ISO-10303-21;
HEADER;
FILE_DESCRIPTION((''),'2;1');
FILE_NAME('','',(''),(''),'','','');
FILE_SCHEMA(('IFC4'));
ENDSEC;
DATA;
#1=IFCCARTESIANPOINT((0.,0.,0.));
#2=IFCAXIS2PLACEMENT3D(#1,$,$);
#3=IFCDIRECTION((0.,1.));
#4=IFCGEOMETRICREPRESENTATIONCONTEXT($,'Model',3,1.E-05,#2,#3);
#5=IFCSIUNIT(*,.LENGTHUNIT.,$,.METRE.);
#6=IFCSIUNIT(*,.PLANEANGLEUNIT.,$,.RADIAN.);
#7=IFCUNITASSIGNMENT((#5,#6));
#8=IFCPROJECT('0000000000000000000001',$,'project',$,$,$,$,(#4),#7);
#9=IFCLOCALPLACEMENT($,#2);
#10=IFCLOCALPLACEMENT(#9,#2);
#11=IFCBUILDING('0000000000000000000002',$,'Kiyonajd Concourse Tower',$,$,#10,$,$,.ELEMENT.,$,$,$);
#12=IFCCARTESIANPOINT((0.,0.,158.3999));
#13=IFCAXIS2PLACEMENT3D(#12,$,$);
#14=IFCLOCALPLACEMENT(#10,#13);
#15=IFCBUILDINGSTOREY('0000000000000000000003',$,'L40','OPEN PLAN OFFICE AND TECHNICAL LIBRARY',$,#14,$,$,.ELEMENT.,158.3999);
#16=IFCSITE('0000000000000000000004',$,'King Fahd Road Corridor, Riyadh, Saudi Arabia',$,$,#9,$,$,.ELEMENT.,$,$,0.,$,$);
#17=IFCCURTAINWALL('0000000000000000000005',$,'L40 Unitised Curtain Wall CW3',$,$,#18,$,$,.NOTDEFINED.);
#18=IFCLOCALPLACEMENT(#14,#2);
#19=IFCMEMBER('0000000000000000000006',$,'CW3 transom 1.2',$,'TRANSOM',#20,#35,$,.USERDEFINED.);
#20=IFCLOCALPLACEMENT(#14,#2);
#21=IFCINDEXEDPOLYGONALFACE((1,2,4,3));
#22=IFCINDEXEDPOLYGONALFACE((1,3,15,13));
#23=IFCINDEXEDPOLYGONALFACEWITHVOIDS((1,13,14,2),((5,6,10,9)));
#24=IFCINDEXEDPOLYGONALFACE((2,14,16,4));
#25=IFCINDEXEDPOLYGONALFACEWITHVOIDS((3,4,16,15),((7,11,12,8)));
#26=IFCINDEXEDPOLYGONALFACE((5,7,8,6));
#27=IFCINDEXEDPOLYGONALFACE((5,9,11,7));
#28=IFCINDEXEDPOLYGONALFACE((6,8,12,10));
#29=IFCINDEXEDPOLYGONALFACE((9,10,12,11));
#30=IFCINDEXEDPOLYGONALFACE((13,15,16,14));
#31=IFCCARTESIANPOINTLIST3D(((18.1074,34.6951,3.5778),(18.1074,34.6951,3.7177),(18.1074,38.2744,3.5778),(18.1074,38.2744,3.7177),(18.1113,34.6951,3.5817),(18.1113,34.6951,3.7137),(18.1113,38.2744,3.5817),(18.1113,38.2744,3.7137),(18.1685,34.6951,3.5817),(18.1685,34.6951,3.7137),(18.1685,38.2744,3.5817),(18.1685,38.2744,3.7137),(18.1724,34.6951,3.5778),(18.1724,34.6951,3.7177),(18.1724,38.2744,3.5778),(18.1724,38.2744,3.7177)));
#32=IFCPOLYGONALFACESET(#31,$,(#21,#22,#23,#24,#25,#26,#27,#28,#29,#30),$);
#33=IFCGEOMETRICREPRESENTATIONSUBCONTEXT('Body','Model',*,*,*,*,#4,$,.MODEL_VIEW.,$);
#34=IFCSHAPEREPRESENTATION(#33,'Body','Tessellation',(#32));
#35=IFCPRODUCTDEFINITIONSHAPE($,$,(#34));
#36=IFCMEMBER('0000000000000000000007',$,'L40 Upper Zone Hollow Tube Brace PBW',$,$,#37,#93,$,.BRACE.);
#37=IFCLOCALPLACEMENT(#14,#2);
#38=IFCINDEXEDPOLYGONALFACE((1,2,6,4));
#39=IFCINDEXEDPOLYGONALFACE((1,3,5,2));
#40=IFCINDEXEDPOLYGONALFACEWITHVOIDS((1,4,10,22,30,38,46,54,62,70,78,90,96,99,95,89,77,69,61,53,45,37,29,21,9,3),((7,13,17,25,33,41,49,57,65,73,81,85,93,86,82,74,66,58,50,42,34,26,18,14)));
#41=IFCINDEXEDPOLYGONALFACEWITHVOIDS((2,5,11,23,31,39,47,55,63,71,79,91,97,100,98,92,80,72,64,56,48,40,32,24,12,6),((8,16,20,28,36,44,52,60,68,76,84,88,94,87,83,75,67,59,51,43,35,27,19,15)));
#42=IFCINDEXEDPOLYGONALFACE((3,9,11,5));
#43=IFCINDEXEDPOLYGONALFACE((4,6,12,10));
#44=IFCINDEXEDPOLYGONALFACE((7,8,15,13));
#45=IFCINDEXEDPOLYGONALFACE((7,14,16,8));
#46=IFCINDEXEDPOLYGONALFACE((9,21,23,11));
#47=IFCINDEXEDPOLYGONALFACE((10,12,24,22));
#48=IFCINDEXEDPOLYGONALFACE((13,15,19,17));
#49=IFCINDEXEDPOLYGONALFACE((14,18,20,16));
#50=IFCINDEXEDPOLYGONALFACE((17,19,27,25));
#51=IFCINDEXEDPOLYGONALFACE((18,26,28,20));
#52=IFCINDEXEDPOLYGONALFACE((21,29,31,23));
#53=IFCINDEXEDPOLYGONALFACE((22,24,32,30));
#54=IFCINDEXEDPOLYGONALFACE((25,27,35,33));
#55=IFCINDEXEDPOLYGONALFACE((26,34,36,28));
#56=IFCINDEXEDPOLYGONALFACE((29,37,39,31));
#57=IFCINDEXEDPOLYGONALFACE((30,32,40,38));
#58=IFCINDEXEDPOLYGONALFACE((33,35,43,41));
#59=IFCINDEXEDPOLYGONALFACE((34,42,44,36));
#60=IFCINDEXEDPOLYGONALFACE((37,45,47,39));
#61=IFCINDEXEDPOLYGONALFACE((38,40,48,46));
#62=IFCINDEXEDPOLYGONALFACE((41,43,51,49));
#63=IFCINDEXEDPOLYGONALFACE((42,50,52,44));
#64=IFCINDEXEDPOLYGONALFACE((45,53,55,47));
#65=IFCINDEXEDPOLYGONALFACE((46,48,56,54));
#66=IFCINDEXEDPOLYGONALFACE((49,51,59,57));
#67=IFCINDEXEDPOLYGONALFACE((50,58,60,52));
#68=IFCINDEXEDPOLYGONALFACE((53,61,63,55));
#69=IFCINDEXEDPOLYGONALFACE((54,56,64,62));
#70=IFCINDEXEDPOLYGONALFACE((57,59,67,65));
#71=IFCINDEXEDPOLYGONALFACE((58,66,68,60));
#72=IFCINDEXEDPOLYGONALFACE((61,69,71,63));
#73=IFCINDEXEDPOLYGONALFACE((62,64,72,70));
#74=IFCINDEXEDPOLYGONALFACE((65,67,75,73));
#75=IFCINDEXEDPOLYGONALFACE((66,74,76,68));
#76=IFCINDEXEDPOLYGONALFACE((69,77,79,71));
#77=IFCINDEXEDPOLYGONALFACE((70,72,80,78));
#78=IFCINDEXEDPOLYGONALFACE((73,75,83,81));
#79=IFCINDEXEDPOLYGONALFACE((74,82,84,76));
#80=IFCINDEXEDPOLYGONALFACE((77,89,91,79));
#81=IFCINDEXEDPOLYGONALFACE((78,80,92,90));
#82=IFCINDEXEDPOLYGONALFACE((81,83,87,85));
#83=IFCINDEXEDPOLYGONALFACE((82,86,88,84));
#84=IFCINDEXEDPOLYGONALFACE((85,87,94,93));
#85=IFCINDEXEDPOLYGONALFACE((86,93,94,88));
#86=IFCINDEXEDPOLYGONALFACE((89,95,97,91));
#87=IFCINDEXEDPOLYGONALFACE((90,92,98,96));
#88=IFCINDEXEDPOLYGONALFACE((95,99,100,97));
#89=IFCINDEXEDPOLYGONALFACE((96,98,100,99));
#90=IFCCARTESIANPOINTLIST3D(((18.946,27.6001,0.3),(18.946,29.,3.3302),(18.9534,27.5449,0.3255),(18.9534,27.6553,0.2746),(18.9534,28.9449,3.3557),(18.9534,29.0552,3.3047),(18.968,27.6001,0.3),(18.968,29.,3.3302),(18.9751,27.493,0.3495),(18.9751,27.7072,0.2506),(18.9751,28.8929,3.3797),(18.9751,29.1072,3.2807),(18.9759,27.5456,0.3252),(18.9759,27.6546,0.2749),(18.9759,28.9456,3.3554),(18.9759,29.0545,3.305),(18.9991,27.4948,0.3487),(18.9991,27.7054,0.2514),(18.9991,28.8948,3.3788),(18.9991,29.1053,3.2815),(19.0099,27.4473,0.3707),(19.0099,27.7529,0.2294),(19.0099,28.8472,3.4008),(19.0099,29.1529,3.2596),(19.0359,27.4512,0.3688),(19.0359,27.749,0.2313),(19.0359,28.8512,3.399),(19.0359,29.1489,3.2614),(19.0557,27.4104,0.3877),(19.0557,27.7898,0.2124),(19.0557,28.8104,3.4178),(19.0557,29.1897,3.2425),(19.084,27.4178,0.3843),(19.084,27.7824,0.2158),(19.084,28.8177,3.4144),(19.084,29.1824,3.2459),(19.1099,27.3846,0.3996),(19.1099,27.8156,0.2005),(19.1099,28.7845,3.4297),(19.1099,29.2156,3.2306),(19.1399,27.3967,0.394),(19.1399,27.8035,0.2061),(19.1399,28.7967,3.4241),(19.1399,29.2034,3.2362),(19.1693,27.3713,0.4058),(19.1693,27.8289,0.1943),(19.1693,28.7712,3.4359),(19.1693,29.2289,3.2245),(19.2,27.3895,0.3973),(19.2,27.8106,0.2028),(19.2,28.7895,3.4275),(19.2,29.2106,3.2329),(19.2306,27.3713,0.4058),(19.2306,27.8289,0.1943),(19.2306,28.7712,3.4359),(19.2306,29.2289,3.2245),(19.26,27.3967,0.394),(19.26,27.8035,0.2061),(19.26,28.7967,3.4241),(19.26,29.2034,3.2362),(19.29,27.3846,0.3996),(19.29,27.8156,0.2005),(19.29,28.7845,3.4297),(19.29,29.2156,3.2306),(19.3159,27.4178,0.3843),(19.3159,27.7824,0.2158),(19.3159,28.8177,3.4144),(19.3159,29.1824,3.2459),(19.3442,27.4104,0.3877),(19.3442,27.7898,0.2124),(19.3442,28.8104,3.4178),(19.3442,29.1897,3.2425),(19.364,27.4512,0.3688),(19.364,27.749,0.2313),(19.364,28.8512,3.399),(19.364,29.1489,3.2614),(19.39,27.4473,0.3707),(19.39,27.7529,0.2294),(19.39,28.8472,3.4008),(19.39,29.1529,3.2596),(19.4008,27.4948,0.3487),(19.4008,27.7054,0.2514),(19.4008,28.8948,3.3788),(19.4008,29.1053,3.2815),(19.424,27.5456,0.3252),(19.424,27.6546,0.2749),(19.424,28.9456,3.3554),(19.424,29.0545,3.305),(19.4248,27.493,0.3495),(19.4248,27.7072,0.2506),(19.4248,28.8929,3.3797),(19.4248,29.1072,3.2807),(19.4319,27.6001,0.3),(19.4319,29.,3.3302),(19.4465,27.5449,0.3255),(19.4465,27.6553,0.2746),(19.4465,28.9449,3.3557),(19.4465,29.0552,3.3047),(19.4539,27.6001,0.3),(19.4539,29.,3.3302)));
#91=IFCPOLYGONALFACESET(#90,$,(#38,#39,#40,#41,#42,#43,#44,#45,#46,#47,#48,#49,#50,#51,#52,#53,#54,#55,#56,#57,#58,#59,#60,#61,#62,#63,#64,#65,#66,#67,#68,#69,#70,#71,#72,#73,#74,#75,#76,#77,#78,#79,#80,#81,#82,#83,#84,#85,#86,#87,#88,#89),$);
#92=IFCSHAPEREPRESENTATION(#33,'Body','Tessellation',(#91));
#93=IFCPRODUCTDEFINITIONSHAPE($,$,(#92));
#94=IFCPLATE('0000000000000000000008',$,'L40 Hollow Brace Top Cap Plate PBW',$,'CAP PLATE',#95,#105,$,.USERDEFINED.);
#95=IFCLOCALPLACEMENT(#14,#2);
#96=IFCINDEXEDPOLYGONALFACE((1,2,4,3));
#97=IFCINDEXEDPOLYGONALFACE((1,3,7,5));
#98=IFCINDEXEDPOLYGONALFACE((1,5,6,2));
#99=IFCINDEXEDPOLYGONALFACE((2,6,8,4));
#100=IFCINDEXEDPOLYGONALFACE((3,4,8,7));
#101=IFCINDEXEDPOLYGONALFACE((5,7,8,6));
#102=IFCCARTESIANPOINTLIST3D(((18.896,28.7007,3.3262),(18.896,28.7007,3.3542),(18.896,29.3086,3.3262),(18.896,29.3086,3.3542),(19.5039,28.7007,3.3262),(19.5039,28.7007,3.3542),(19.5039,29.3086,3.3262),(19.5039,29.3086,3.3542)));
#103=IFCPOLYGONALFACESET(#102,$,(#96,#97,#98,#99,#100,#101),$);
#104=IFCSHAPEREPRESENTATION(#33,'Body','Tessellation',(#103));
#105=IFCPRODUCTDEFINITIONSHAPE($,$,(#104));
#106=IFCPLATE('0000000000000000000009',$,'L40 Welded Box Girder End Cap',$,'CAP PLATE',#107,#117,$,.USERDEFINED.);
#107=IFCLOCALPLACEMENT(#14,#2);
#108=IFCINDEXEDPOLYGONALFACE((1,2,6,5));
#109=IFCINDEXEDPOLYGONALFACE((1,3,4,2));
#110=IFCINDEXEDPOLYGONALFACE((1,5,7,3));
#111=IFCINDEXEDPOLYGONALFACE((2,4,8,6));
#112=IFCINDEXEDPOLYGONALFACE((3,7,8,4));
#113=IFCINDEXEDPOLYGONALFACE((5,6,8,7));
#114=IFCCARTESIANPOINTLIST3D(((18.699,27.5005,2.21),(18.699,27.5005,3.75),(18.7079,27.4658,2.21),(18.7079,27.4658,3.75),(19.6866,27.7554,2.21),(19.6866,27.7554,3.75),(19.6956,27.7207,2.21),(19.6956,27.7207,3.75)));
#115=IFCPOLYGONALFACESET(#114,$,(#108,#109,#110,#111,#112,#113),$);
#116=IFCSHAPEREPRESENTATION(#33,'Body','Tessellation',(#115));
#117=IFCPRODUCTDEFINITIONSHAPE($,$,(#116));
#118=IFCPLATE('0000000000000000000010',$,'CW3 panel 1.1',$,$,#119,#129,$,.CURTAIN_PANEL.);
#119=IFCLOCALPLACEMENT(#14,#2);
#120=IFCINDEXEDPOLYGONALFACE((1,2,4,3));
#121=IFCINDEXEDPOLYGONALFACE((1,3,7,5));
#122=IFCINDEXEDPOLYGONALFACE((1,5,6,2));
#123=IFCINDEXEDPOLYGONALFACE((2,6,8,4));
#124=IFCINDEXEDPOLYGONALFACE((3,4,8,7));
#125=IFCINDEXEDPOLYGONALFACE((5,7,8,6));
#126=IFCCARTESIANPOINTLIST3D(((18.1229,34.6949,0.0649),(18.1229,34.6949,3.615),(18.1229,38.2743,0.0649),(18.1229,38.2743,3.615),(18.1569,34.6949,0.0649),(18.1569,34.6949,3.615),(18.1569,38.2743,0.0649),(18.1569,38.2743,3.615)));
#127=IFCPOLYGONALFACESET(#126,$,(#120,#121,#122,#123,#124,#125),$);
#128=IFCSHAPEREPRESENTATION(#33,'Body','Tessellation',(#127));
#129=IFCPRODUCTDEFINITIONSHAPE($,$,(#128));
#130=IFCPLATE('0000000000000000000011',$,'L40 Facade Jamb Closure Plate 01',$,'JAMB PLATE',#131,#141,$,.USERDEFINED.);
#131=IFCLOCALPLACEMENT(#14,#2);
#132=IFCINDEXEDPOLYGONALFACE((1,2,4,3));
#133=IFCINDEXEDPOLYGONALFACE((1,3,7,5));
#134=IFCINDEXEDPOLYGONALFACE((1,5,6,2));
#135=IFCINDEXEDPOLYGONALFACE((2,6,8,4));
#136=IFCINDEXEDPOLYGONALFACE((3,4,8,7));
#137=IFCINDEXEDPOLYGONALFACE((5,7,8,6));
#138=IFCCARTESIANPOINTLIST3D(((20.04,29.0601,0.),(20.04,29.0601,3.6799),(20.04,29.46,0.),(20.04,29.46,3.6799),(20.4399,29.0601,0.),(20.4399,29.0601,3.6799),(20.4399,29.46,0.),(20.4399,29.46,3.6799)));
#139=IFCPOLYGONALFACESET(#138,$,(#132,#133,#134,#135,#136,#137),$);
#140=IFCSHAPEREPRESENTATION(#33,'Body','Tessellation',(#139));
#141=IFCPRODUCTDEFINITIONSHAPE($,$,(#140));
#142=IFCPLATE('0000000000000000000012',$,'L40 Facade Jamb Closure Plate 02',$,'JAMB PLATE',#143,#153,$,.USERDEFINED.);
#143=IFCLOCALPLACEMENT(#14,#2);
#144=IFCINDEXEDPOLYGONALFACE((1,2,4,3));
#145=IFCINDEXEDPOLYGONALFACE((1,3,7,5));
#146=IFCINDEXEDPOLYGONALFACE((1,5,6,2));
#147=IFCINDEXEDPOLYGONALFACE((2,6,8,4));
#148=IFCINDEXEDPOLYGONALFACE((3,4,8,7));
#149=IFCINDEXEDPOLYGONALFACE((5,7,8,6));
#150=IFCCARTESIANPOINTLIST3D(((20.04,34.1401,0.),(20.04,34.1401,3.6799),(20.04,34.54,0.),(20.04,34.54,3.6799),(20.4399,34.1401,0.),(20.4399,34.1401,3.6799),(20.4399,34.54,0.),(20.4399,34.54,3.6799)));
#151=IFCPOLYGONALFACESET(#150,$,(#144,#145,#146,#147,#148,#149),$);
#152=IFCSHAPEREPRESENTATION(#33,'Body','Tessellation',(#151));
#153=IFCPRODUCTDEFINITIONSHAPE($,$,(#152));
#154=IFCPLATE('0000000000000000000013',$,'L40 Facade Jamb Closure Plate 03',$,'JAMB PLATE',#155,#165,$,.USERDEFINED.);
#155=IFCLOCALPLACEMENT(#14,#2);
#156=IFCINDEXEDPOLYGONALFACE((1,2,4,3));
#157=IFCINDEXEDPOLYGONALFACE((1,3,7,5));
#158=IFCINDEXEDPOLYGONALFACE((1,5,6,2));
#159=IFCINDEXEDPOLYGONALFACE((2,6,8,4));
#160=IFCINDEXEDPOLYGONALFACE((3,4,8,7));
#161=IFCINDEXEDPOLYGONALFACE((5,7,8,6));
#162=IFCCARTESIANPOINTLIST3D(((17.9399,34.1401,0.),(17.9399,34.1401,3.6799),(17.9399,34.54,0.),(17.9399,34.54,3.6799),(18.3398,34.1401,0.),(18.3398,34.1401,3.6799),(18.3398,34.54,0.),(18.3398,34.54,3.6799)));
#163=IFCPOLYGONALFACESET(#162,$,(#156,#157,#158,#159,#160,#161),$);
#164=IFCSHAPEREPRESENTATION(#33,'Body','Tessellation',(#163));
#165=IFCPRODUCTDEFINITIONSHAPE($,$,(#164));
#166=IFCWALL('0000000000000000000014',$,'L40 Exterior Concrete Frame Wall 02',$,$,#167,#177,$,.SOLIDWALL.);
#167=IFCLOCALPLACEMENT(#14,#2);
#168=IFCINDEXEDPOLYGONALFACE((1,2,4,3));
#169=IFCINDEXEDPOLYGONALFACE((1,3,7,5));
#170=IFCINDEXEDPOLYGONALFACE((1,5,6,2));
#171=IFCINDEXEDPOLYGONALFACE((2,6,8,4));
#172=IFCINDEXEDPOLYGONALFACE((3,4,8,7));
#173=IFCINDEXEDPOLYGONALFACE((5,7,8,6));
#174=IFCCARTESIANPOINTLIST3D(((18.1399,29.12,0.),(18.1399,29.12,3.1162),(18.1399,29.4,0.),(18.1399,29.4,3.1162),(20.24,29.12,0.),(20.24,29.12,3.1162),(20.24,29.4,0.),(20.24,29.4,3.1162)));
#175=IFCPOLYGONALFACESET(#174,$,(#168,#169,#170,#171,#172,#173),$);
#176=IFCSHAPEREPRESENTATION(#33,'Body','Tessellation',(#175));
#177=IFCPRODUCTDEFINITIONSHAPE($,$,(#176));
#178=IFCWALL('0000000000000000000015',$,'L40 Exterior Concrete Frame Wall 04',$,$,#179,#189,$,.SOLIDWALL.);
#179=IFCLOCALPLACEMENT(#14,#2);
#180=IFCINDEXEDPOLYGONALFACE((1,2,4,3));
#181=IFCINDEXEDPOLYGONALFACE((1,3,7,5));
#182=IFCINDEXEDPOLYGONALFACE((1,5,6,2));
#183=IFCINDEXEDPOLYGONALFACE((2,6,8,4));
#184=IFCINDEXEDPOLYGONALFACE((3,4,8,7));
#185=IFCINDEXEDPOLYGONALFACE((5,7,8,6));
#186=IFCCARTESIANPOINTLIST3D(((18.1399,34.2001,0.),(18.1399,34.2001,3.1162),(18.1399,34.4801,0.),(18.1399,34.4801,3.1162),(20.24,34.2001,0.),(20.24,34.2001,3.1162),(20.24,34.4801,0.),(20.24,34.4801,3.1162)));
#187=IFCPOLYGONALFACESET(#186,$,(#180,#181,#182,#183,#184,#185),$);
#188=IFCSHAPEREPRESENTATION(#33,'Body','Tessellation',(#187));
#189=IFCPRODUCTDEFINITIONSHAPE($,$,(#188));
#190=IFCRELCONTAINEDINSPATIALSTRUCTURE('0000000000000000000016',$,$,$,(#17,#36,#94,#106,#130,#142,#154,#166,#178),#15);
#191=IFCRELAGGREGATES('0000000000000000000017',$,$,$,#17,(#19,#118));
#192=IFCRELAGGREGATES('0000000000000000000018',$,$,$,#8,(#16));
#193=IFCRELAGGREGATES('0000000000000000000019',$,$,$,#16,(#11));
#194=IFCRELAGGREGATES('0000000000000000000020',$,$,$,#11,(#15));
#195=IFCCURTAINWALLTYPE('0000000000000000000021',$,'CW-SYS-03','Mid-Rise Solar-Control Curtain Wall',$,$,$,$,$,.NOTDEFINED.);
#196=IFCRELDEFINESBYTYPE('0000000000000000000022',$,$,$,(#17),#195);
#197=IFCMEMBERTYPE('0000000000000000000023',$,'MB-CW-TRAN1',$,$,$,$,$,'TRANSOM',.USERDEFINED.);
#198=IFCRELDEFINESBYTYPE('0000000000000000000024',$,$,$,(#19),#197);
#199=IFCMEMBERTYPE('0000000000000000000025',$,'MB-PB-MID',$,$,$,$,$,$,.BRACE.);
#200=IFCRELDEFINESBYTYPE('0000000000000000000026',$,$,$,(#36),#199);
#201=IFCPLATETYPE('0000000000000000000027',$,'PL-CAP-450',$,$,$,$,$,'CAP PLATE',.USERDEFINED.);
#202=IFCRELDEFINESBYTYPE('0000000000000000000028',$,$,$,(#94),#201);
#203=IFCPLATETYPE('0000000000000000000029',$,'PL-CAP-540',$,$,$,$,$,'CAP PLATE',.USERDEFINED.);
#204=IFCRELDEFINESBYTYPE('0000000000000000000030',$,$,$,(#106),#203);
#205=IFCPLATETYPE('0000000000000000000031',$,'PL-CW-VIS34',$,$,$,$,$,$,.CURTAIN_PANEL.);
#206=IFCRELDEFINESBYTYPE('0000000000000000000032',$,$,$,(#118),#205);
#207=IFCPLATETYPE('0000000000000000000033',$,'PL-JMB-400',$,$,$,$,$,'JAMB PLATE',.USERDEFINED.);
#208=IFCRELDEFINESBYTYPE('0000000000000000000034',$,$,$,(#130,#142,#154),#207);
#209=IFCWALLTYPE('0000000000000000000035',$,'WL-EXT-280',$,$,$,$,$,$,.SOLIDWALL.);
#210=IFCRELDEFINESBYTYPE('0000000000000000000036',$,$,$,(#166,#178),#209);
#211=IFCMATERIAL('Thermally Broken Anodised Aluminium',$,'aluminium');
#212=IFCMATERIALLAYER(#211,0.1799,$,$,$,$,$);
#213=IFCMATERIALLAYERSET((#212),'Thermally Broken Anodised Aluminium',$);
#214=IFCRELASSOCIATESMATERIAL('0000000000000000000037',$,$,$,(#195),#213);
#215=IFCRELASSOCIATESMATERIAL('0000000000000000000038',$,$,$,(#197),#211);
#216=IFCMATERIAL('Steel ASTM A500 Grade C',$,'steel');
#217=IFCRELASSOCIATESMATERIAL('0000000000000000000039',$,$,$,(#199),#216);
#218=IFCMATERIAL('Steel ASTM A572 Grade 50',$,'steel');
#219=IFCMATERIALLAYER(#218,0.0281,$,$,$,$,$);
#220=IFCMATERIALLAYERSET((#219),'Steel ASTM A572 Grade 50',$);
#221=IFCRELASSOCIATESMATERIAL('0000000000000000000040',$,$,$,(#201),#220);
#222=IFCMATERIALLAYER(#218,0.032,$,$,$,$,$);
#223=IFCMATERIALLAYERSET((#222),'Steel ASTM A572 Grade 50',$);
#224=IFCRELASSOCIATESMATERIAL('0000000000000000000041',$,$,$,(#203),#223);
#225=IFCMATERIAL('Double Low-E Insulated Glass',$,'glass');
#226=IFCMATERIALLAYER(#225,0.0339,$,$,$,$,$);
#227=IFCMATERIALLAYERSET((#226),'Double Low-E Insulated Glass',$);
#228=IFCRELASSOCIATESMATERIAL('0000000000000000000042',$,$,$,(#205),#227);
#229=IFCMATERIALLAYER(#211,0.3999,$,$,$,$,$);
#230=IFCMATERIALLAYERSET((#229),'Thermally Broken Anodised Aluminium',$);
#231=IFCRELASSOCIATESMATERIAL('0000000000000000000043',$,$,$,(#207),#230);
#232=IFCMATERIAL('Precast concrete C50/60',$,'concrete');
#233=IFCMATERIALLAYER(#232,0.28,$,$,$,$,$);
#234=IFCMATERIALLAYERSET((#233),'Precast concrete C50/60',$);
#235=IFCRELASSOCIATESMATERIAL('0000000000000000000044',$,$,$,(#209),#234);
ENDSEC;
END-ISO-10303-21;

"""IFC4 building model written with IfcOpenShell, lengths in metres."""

from ifc_helpers import new_model, si_unit, direction, frame, frame_2d, origin, origin_2d, place, context, subcontext, project, spatial, rectangle, hollow_rectangle, hollow_circle, extrude, material, layer, layer_set, material_profile, profile_set, type_object, element, aggregate, save


model = new_model("IFC4")

# Units and contexts
model_context = context("Model", 3, precision=1e-05, world=origin(), true_north=direction((0.0, 1.0)))
body_context = subcontext(model_context, "Body", "Model", "MODEL_VIEW")
ifc_project = project(units=[si_unit("LENGTHUNIT", "METRE"), si_unit("PLANEANGLEUNIT", "RADIAN")], contexts=[model_context])

# Site, building, storey
site_placement = place(None, origin())
site = spatial("IfcSite", under=ifc_project, at=site_placement, Name="King Fahd Road Corridor, Riyadh, Saudi Arabia", CompositionType="ELEMENT", RefElevation=0.0)
building_placement = place(site_placement, origin())
building = spatial("IfcBuilding", under=site, at=building_placement, Name="Kiyonajd Concourse Tower", CompositionType="ELEMENT")
storey_placement = place(building_placement, frame((0.0, 0.0, 158.3999)))
storey = spatial("IfcBuildingStorey", under=building, at=storey_placement, Name="L40", Description="OPEN PLAN OFFICE AND TECHNICAL LIBRARY", CompositionType="ELEMENT", Elevation=158.3999)

# Shared definitions
ifc_material_1 = material(Name="Steel ASTM A572 Grade 50", Category="steel")

# Curtain wall, member
ifc_material_2 = material(Name="Thermally Broken Anodised Aluminium", Category="aluminium")
ifc_layer_1 = layer(ifc_material_2, 0.1799)
ifc_layer_set_1 = layer_set([ifc_layer_1], Name="Thermally Broken Anodised Aluminium")
curtain_wall_type = type_object("IfcCurtainWallType", Name="CW-SYS-03", Description="Mid-Rise Solar-Control Curtain Wall", PredefinedType="NOTDEFINED", material=ifc_layer_set_1)
curtain_wall_placement = place(storey_placement, origin())
curtain_wall = element("IfcCurtainWall", 1, at=curtain_wall_placement, inside=storey, type_object=curtain_wall_type, Name="L40 Unitised Curtain Wall CW3", PredefinedType="NOTDEFINED")
ifc_material_profile_1 = material_profile(ifc_material_2, hollow_rectangle(XDim=0.0649, YDim=0.1399, WallThickness=0.0039, at=origin_2d()), Name="TRAN-65x140")
ifc_profile_set_1 = profile_set([ifc_material_profile_1], Name="Thermally Broken Anodised Aluminium")
member_type_1 = type_object("IfcMemberType", Name="MB-CW-TRAN1", ElementType="TRANSOM", PredefinedType="USERDEFINED", material=ifc_profile_set_1)
member_1_placement = place(storey_placement, frame((18.1399, 34.6951, 3.6477), z_axis=(0.0, 1.0, 0.0), x_axis=(-1.0, 0.0, 0.0)))
member_1 = element("IfcMember", 2, at=member_1_placement, type_object=member_type_1, Name="CW3 transom 1.2", ObjectType="TRANSOM", PredefinedType="USERDEFINED", context=body_context, shape_type="SweptSolid", body=[
    extrude(hollow_rectangle(XDim=0.0649, YDim=0.1399, WallThickness=0.0039, at=origin_2d()), origin(), (0.0, 0.0, 1.0), 3.5793),
])

# Member
ifc_material_3 = material(Name="Steel ASTM A500 Grade C", Category="steel")
ifc_material_profile_2 = material_profile(ifc_material_3, hollow_circle(Radius=0.2539, WallThickness=0.022, at=origin_2d()), Name="CHS-508x22")
ifc_profile_set_2 = profile_set([ifc_material_profile_2], Name="Steel ASTM A500 Grade C")
member_type_2 = type_object("IfcMemberType", Name="MB-PB-MID", PredefinedType="BRACE", material=ifc_profile_set_2)
member_2_placement = place(storey_placement, frame((19.2, 27.6001, 0.3), z_axis=(0.0, 0.419411, 0.907797), x_axis=(-1.0, 0.0, 0.0)))
element("IfcMember", 3, at=member_2_placement, inside=storey, type_object=member_type_2, Name="L40 Upper Zone Hollow Tube Brace PBW", PredefinedType="BRACE", context=body_context, shape_type="SweptSolid", body=[
    extrude(hollow_circle(Radius=0.2539, WallThickness=0.022, at=origin_2d()), origin(), (0.0, 0.0, 1.0), 3.3379),
])

# Plates
ifc_layer_2 = layer(ifc_material_1, 0.0281)
ifc_layer_set_2 = layer_set([ifc_layer_2], Name="Steel ASTM A572 Grade 50")
plate_type_1 = type_object("IfcPlateType", Name="PL-CAP-450", ElementType="CAP PLATE", PredefinedType="USERDEFINED", material=ifc_layer_set_2)
plate_1_placement = place(storey_placement, frame((19.2, 29.0046, 3.3262), z_axis=(0.0, 0.0, 1.0), x_axis=(1.0, 0.0, 0.0)))
element("IfcPlate", 4, at=plate_1_placement, inside=storey, type_object=plate_type_1, Name="L40 Hollow Brace Top Cap Plate PBW", ObjectType="CAP PLATE", PredefinedType="USERDEFINED", context=body_context, shape_type="SweptSolid", body=[
    extrude(rectangle(XDim=0.6079, YDim=0.6079, at=origin_2d()), origin(), (0.0, 0.0, 1.0), 0.0281),
])
ifc_layer_3 = layer(ifc_material_1, 0.032)
ifc_layer_set_3 = layer_set([ifc_layer_3], Name="Steel ASTM A572 Grade 50")
plate_type_2 = type_object("IfcPlateType", Name="PL-CAP-540", ElementType="CAP PLATE", PredefinedType="USERDEFINED", material=ifc_layer_set_3)
plate_2_placement = place(storey_placement, frame((19.1973, 27.6106, 2.21), z_axis=(0.0, 0.0, 1.0), x_axis=(-0.249873, 0.968279, 0.0)))
element("IfcPlate", 5, at=plate_2_placement, inside=storey, type_object=plate_type_2, Name="L40 Welded Box Girder End Cap", ObjectType="CAP PLATE", PredefinedType="USERDEFINED", context=body_context, shape_type="SweptSolid", body=[
    extrude(rectangle(XDim=0.0359, YDim=1.02, at=origin_2d()), origin(), (0.0, 0.0, 1.0), 1.54),
])

# Plate
ifc_material_4 = material(Name="Double Low-E Insulated Glass", Category="glass")
ifc_layer_4 = layer(ifc_material_4, 0.0339)
ifc_layer_set_4 = layer_set([ifc_layer_4], Name="Double Low-E Insulated Glass")
plate_type_3 = type_object("IfcPlateType", Name="PL-CW-VIS34", PredefinedType="CURTAIN_PANEL", material=ifc_layer_set_4)
plate_3_placement = place(storey_placement, frame((18.1399, 36.4846, 0.0649), z_axis=(0.0, 0.0, 1.0), x_axis=(0.0, 1.0, 0.0)))
plate_3 = element("IfcPlate", 6, at=plate_3_placement, type_object=plate_type_3, Name="CW3 panel 1.1", PredefinedType="CURTAIN_PANEL", context=body_context, shape_type="SweptSolid", body=[
    extrude(rectangle(XDim=3.5793, YDim=0.0339, at=origin_2d()), origin(), (0.0, 0.0, 1.0), 3.55),
])
aggregate(curtain_wall, [member_1, plate_3])

# Plates
ifc_layer_5 = layer(ifc_material_2, 0.3999)
ifc_layer_set_5 = layer_set([ifc_layer_5], Name="Thermally Broken Anodised Aluminium")
plate_type_4 = type_object("IfcPlateType", Name="PL-JMB-400", ElementType="JAMB PLATE", PredefinedType="USERDEFINED", material=ifc_layer_set_5)
for number, where, z_axis, x_axis, name in (
    (7, (20.24, 29.26, 0.0), (0.0, 0.0, 1.0), (1.0, 0.0, 0.0), "L40 Facade Jamb Closure Plate 01"),
    (8, (20.24, 34.3401, 0.0), (0.0, 0.0, 1.0), (1.0, 0.0, 0.0), "L40 Facade Jamb Closure Plate 02"),
    (9, (18.1399, 34.3401, 0.0), (0.0, 0.0, 1.0), (1.0, 0.0, 0.0), "L40 Facade Jamb Closure Plate 03"),
):
    element("IfcPlate", number, at=place(storey_placement, frame(where, z_axis=z_axis, x_axis=x_axis)), inside=storey, type_object=plate_type_4, Name=name, ObjectType="JAMB PLATE", PredefinedType="USERDEFINED", context=body_context, shape_type="SweptSolid", body=[
        extrude(rectangle(XDim=0.3999, YDim=0.3999, at=origin_2d()), origin(), (0.0, 0.0, 1.0), 3.6799),
    ])

# Walls
ifc_material_5 = material(Name="Precast concrete C50/60", Category="concrete")
ifc_layer_6 = layer(ifc_material_5, 0.28)
ifc_layer_set_6 = layer_set([ifc_layer_6], Name="Precast concrete C50/60")
wall_type_1 = type_object("IfcWallType", Name="WL-EXT-280", PredefinedType="SOLIDWALL", material=ifc_layer_set_6)
for number, where, z_axis, x_axis, name in (
    (10, (18.1399, 29.26, 0.0), (0.0, 0.0, 1.0), (1.0, 0.0, 0.0), "L40 Exterior Concrete Frame Wall 02"),
    (11, (20.24, 34.3401, 0.0), (0.0, 0.0, 1.0), (-1.0, 0.0, 0.0), "L40 Exterior Concrete Frame Wall 04"),
):
    element("IfcWall", number, at=place(storey_placement, frame(where, z_axis=z_axis, x_axis=x_axis)), inside=storey, type_object=wall_type_1, Name=name, PredefinedType="SOLIDWALL", context=body_context, shape_type="SweptSolid", body=[
        extrude(rectangle(XDim=2.1001, YDim=0.28, at=frame_2d((1.05, 0.0))), origin(), (0.0, 0.0, 1.0), 3.1162),
    ])

save(model, "model.ifc")
